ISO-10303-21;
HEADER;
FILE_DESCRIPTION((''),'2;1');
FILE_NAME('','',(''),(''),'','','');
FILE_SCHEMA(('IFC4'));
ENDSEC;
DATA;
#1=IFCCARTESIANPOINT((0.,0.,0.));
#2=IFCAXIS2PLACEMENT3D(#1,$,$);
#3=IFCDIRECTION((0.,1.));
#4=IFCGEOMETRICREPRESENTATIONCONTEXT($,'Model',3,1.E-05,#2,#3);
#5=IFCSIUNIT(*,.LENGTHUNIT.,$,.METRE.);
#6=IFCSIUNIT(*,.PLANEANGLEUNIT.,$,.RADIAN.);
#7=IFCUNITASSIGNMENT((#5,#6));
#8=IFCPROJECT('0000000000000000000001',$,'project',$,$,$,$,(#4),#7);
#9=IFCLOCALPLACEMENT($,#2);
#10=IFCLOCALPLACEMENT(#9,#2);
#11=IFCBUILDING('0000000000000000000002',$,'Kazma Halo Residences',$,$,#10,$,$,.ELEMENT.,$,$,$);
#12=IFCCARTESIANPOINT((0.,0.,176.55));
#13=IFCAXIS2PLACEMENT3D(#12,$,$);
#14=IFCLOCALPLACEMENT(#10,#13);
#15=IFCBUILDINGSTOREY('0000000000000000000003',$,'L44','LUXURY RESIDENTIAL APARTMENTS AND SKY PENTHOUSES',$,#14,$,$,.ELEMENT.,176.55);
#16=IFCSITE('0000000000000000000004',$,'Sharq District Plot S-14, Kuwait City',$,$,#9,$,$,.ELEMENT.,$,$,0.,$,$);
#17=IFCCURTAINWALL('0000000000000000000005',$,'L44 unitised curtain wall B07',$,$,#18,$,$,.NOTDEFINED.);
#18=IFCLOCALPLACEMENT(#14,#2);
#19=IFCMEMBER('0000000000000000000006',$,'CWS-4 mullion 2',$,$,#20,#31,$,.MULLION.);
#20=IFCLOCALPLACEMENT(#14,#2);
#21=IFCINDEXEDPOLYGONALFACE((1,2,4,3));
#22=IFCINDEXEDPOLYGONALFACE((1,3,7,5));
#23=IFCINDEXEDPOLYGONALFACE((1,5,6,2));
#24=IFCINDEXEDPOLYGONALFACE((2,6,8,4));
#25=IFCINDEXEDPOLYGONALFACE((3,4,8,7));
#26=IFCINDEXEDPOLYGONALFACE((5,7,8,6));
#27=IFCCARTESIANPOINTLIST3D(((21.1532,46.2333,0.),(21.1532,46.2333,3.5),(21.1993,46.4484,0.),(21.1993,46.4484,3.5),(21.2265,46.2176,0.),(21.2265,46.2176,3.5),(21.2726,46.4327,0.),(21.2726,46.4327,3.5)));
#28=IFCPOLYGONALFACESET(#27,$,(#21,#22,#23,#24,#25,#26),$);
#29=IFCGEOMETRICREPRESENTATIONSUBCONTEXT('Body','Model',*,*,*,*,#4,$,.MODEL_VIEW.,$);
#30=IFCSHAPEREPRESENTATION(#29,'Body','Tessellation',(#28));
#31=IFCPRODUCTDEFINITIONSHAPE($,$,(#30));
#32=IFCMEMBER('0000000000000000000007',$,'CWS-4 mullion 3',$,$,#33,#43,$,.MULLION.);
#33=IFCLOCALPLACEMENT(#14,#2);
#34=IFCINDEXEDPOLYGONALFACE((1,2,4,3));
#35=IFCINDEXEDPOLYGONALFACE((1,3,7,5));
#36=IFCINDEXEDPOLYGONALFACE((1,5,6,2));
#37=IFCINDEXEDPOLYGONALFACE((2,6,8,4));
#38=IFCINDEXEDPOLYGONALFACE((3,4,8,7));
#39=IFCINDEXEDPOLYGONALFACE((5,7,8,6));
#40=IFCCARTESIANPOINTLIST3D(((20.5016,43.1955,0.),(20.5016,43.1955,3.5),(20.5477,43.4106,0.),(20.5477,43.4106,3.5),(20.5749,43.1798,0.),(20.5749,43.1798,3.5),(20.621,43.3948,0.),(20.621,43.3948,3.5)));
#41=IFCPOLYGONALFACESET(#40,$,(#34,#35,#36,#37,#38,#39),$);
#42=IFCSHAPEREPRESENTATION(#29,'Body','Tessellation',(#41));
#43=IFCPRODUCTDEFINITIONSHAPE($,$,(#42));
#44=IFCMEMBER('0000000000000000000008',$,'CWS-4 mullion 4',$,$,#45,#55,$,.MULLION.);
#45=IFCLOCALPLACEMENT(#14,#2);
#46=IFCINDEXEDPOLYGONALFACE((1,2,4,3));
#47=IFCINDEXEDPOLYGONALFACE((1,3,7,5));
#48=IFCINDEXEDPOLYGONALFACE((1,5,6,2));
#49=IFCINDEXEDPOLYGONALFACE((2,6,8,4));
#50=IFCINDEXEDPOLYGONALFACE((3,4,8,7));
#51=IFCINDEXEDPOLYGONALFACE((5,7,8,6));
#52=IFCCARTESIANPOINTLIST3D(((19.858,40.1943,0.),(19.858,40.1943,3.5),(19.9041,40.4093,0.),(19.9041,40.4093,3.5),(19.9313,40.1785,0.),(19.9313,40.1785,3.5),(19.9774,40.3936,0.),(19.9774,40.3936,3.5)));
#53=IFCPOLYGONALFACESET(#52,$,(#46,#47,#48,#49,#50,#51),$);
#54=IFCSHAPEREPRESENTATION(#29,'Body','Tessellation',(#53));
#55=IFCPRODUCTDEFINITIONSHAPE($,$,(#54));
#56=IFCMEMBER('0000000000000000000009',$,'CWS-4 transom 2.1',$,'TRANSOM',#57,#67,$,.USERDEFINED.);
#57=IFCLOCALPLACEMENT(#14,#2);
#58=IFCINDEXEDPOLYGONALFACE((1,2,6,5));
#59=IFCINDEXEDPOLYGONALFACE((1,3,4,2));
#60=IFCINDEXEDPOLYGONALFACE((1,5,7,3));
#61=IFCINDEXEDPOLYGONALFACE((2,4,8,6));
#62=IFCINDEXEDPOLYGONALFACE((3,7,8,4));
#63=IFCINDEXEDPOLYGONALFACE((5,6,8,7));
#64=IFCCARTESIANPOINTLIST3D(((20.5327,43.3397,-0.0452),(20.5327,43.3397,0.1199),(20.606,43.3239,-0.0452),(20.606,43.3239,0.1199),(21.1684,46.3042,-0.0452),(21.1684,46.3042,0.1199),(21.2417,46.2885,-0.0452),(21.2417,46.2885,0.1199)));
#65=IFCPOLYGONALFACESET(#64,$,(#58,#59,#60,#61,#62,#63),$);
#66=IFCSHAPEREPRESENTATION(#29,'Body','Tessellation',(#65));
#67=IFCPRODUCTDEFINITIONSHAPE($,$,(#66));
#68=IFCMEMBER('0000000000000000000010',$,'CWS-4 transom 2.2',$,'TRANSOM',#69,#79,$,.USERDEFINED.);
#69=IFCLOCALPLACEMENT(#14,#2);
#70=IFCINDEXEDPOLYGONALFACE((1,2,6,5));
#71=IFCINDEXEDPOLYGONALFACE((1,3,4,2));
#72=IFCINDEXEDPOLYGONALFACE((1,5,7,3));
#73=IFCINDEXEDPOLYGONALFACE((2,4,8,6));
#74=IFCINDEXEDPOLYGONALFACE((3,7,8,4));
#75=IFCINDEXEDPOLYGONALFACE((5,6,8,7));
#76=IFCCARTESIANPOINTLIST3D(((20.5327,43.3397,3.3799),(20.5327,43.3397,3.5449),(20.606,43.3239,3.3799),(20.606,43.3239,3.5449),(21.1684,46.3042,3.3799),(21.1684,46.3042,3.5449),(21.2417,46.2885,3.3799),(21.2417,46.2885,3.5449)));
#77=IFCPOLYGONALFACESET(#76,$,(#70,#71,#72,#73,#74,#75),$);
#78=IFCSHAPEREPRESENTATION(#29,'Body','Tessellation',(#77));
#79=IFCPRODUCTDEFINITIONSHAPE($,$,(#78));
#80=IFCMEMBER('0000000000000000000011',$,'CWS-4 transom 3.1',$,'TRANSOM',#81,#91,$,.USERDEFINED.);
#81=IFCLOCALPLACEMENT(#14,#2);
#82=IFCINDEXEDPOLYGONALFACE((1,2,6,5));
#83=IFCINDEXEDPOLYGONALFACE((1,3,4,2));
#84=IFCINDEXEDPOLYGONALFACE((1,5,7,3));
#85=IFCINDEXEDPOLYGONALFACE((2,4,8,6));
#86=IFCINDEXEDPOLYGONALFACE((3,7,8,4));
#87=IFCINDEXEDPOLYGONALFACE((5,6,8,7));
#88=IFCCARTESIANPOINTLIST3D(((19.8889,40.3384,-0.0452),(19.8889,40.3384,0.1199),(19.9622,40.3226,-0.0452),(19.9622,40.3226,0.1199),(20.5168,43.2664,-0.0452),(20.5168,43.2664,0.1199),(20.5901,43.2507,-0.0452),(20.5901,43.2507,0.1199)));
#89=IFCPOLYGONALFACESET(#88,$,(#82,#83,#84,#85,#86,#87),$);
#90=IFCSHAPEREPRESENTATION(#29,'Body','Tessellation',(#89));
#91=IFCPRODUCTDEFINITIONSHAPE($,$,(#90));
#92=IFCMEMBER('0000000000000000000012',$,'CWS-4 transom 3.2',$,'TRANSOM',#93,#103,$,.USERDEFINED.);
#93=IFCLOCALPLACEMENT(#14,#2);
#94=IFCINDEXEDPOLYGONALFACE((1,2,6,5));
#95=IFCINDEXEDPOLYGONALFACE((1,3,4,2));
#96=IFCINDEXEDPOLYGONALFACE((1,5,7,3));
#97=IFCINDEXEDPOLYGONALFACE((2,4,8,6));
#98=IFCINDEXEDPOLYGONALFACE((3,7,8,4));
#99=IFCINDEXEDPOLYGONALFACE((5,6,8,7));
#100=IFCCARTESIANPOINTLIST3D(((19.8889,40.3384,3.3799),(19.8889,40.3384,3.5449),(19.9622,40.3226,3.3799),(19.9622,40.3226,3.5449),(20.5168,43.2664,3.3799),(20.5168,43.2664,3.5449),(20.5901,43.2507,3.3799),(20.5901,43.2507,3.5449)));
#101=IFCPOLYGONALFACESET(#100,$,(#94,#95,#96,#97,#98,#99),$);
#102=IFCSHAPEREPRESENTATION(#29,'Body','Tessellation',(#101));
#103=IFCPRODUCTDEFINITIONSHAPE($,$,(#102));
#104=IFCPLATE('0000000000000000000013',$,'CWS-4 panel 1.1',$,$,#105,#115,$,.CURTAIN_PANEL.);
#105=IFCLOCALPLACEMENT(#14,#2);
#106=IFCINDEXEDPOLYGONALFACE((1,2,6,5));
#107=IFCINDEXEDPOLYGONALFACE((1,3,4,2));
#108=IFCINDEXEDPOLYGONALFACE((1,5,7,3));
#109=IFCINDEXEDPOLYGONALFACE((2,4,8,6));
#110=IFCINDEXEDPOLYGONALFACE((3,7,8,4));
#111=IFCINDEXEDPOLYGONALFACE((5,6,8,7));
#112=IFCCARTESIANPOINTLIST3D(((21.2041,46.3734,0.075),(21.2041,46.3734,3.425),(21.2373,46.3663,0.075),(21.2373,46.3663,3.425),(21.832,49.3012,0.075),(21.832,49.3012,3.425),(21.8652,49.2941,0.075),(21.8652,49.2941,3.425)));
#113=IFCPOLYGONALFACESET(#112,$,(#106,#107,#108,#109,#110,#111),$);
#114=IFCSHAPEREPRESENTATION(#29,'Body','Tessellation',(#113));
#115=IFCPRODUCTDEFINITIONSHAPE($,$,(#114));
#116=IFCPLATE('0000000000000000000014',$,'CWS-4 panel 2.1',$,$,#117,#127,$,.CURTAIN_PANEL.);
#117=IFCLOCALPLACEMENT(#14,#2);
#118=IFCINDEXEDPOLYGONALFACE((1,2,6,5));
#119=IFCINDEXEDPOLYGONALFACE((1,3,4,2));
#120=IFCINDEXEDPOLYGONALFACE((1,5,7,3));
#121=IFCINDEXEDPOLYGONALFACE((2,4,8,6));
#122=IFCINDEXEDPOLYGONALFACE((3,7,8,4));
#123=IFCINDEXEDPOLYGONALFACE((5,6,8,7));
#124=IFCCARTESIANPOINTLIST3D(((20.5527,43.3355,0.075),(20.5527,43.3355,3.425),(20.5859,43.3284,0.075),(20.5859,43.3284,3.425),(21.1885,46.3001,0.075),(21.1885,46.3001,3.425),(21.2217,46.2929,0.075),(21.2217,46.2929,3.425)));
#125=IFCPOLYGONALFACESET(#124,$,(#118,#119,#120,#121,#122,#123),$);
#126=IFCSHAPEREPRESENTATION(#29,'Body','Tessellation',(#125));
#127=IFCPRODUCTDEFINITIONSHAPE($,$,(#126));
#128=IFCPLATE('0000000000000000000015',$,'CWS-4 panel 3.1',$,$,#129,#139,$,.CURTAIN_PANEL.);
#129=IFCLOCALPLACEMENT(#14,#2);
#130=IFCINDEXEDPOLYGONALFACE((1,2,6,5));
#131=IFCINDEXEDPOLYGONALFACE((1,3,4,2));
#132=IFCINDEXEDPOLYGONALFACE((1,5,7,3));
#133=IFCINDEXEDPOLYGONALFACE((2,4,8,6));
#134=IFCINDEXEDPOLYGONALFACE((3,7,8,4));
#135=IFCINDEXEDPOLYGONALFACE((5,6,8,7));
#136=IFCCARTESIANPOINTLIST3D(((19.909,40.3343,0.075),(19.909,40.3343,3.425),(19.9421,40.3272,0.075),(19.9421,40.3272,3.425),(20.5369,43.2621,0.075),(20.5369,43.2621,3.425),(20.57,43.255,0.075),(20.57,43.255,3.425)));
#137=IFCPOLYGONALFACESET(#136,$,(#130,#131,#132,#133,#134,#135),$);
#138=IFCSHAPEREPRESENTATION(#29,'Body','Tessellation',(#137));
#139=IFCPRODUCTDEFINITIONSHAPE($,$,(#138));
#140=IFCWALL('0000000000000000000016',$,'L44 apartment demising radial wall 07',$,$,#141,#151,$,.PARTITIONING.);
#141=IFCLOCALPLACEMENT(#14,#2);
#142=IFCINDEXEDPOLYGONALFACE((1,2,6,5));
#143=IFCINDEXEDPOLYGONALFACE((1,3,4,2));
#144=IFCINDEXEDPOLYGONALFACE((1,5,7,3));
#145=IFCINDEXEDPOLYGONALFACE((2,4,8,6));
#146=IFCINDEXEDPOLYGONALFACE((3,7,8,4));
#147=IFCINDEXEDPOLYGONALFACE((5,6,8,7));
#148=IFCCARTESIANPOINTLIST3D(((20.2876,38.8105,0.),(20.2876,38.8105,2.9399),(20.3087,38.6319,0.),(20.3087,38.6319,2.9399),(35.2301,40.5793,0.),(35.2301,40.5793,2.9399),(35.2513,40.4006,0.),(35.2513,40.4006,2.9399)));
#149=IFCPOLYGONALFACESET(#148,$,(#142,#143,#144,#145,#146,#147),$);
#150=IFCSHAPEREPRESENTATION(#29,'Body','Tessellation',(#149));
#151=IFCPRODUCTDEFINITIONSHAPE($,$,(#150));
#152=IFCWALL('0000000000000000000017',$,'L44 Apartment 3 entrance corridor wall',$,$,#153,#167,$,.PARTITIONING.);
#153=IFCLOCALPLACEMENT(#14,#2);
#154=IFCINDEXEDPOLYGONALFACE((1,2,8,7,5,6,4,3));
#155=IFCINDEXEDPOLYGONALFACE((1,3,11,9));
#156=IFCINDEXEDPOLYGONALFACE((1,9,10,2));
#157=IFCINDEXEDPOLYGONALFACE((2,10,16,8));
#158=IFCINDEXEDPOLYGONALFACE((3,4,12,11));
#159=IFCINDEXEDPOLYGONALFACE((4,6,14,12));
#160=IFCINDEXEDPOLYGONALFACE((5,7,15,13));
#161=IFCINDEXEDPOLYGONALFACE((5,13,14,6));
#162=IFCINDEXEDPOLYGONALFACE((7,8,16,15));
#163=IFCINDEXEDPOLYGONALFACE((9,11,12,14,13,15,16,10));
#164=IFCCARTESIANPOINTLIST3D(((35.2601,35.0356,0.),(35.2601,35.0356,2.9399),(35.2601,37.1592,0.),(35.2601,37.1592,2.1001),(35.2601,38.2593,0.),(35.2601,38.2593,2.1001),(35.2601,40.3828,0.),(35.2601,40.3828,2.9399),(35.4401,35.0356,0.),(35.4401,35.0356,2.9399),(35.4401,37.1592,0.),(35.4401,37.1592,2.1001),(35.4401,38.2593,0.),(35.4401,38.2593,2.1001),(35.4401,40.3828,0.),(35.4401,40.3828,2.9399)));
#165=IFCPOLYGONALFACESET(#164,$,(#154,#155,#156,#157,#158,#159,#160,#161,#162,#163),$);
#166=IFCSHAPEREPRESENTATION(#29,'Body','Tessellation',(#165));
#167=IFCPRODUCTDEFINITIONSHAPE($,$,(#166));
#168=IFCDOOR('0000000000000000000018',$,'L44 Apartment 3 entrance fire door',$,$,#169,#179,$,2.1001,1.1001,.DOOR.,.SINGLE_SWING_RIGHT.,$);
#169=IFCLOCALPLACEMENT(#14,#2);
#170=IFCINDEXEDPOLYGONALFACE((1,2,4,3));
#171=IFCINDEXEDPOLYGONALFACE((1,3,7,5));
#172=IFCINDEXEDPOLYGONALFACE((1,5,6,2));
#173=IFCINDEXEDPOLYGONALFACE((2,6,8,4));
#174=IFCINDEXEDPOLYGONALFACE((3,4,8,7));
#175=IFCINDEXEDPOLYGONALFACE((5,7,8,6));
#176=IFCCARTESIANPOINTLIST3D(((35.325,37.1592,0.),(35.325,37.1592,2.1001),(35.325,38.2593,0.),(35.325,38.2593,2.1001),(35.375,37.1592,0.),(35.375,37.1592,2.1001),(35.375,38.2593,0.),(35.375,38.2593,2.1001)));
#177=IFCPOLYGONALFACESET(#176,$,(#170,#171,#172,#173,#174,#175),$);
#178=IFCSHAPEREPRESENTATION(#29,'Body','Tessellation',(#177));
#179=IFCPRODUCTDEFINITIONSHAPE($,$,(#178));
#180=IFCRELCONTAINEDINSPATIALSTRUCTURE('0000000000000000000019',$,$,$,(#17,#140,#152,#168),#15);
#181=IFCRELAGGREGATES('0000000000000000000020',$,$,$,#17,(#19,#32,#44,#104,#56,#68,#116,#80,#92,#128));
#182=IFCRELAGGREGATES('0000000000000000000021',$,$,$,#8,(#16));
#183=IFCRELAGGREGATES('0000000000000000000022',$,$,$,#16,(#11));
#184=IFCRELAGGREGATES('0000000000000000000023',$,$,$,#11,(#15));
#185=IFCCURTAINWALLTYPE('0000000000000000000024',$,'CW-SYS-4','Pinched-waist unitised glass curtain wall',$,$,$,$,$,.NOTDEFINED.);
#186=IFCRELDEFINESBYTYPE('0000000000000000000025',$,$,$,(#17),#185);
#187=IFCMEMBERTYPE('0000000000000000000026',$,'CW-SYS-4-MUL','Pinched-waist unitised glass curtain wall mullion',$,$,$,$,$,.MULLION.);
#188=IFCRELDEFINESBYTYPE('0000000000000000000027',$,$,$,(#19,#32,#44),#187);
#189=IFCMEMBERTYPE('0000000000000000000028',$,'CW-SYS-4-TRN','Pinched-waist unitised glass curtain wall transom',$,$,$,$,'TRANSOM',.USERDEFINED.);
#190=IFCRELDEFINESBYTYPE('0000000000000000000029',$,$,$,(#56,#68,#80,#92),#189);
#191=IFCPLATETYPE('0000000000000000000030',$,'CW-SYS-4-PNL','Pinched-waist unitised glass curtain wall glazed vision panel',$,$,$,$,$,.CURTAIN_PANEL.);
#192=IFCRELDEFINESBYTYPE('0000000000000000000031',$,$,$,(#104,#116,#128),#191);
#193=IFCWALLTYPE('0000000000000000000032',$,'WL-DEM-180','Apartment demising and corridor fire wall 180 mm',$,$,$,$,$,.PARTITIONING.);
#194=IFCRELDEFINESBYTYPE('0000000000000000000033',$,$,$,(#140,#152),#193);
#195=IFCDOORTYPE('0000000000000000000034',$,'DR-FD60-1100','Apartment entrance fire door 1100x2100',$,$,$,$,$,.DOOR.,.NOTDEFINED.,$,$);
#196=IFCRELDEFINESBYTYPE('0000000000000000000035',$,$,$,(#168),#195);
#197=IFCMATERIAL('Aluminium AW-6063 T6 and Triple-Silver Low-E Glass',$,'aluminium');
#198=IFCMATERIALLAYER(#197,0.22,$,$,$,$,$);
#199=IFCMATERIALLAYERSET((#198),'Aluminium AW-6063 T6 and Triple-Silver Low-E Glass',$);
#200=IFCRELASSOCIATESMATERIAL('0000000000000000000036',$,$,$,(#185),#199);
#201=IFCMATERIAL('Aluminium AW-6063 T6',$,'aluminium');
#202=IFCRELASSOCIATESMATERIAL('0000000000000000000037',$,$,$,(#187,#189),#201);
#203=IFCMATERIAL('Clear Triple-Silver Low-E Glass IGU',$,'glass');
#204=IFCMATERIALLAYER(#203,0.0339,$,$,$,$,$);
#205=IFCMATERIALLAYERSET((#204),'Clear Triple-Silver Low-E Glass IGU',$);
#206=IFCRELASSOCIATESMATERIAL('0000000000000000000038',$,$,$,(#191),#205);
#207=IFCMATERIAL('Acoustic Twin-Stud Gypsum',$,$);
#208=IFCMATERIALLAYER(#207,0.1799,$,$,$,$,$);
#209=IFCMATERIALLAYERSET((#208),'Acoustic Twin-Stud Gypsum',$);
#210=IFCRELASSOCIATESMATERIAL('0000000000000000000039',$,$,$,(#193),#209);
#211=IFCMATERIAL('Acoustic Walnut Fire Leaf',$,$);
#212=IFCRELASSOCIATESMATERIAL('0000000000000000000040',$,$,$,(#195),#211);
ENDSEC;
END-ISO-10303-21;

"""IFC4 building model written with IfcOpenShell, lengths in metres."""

from ifc_helpers import new_model, si_unit, direction, frame, frame_2d, origin, origin_2d, place, context, subcontext, project, spatial, rectangle, extrude, material, layer, layer_set, material_profile, profile_set, type_object, element, fill, aggregate, save


model = new_model("IFC4")

# Units and contexts
model_context = context("Model", 3, precision=1e-05, world=origin(), true_north=direction((0.0, 1.0)))
body_context = subcontext(model_context, "Body", "Model", "MODEL_VIEW")
ifc_project = project(units=[si_unit("LENGTHUNIT", "METRE"), si_unit("PLANEANGLEUNIT", "RADIAN")], contexts=[model_context])

# Site, building, storey
site_placement = place(None, origin())
site = spatial("IfcSite", under=ifc_project, at=site_placement, Name="Sharq District Plot S-14, Kuwait City", CompositionType="ELEMENT", RefElevation=0.0)
building_placement = place(site_placement, origin())
building = spatial("IfcBuilding", under=site, at=building_placement, Name="Kazma Halo Residences", CompositionType="ELEMENT")
storey_placement = place(building_placement, frame((0.0, 0.0, 176.55)))
storey = spatial("IfcBuildingStorey", under=building, at=storey_placement, Name="L44", Description="LUXURY RESIDENTIAL APARTMENTS AND SKY PENTHOUSES", CompositionType="ELEMENT", Elevation=176.55)

# Curtain wall, members, plates
ifc_material_1 = material(Name="Aluminium AW-6063 T6 and Triple-Silver Low-E Glass", Category="aluminium")
ifc_layer_1 = layer(ifc_material_1, 0.22)
ifc_layer_set_1 = layer_set([ifc_layer_1], Name="Aluminium AW-6063 T6 and Triple-Silver Low-E Glass")
curtain_wall_type = type_object("IfcCurtainWallType", Name="CW-SYS-4", Description="Pinched-waist unitised glass curtain wall", PredefinedType="NOTDEFINED", material=ifc_layer_set_1)
curtain_wall_placement = place(storey_placement, origin())
curtain_wall = element("IfcCurtainWall", 1, at=curtain_wall_placement, inside=storey, type_object=curtain_wall_type, Name="L44 unitised curtain wall B07", PredefinedType="NOTDEFINED")
ifc_material_2 = material(Name="Aluminium AW-6063 T6", Category="aluminium")
ifc_material_profile_1 = material_profile(ifc_material_2, rectangle(XDim=0.075, YDim=0.22, at=origin_2d()), Name="CWM-75x220")
ifc_profile_set_1 = profile_set([ifc_material_profile_1], Name="Aluminium AW-6063 T6")
member_type_1 = type_object("IfcMemberType", Name="CW-SYS-4-MUL", Description="Pinched-waist unitised glass curtain wall mullion", PredefinedType="MULLION", material=ifc_profile_set_1)
member_1_placement = place(storey_placement, frame((21.2129, 46.333, 0.0), z_axis=(0.0, 0.0, 1.0), x_axis=(0.977768, -0.20969, 0.0)))
member_1 = element("IfcMember", 2, at=member_1_placement, type_object=member_type_1, Name="CWS-4 mullion 2", PredefinedType="MULLION", context=body_context, shape_type="SweptSolid", body=[
    extrude(rectangle(XDim=0.075, YDim=0.22, at=origin_2d()), origin(), (0.0, 0.0, 1.0), 3.5),
])
member_2_placement = place(storey_placement, frame((20.5613, 43.2952, 0.0), z_axis=(0.0, 0.0, 1.0), x_axis=(0.977768, -0.20969, 0.0)))
member_2 = element("IfcMember", 3, at=member_2_placement, type_object=member_type_1, Name="CWS-4 mullion 3", PredefinedType="MULLION", context=body_context, shape_type="SweptSolid", body=[
    extrude(rectangle(XDim=0.075, YDim=0.22, at=origin_2d()), origin(), (0.0, 0.0, 1.0), 3.5),
])
member_3_placement = place(storey_placement, frame((19.9177, 40.2939, 0.0), z_axis=(0.0, 0.0, 1.0), x_axis=(0.977768, -0.20969, 0.0)))
member_3 = element("IfcMember", 4, at=member_3_placement, type_object=member_type_1, Name="CWS-4 mullion 4", PredefinedType="MULLION", context=body_context, shape_type="SweptSolid", body=[
    extrude(rectangle(XDim=0.075, YDim=0.22, at=origin_2d()), origin(), (0.0, 0.0, 1.0), 3.5),
])
ifc_material_profile_2 = material_profile(ifc_material_2, rectangle(XDim=0.075, YDim=0.165, at=origin_2d()), Name="CWT-75x165")
ifc_profile_set_2 = profile_set([ifc_material_profile_2], Name="Aluminium AW-6063 T6")
member_type_2 = type_object("IfcMemberType", Name="CW-SYS-4-TRN", Description="Pinched-waist unitised glass curtain wall transom", ElementType="TRANSOM", PredefinedType="USERDEFINED", material=ifc_profile_set_2)
member_4_placement = place(storey_placement, frame((21.2051, 46.2964, 0.0374), z_axis=(-0.209678, -0.977771, 0.0), x_axis=(0.977771, -0.209678, 0.0)))
member_4 = element("IfcMember", 5, at=member_4_placement, type_object=member_type_2, Name="CWS-4 transom 2.1", ObjectType="TRANSOM", PredefinedType="USERDEFINED", context=body_context, shape_type="SweptSolid", body=[
    extrude(rectangle(XDim=0.075, YDim=0.165, at=origin_2d()), origin(), (0.0, 0.0, 1.0), 3.032),
])
member_5_placement = place(storey_placement, frame((21.2051, 46.2964, 3.4624), z_axis=(-0.209678, -0.977771, 0.0), x_axis=(0.977771, -0.209678, 0.0)))
member_5 = element("IfcMember", 6, at=member_5_placement, type_object=member_type_2, Name="CWS-4 transom 2.2", ObjectType="TRANSOM", PredefinedType="USERDEFINED", context=body_context, shape_type="SweptSolid", body=[
    extrude(rectangle(XDim=0.075, YDim=0.165, at=origin_2d()), origin(), (0.0, 0.0, 1.0), 3.032),
])
member_6_placement = place(storey_placement, frame((20.5535, 43.2585, 0.0374), z_axis=(-0.209691, -0.977768, 0.0), x_axis=(0.977768, -0.209691, 0.0)))
member_6 = element("IfcMember", 7, at=member_6_placement, type_object=member_type_2, Name="CWS-4 transom 3.1", ObjectType="TRANSOM", PredefinedType="USERDEFINED", context=body_context, shape_type="SweptSolid", body=[
    extrude(rectangle(XDim=0.075, YDim=0.165, at=origin_2d()), origin(), (0.0, 0.0, 1.0), 2.9946),
])
member_7_placement = place(storey_placement, frame((20.5535, 43.2585, 3.4624), z_axis=(-0.209691, -0.977768, 0.0), x_axis=(0.977768, -0.209691, 0.0)))
member_7 = element("IfcMember", 8, at=member_7_placement, type_object=member_type_2, Name="CWS-4 transom 3.2", ObjectType="TRANSOM", PredefinedType="USERDEFINED", context=body_context, shape_type="SweptSolid", body=[
    extrude(rectangle(XDim=0.075, YDim=0.165, at=origin_2d()), origin(), (0.0, 0.0, 1.0), 2.9946),
])
ifc_material_3 = material(Name="Clear Triple-Silver Low-E Glass IGU", Category="glass")
ifc_layer_2 = layer(ifc_material_3, 0.0339)
ifc_layer_set_2 = layer_set([ifc_layer_2], Name="Clear Triple-Silver Low-E Glass IGU")
plate_type = type_object("IfcPlateType", Name="CW-SYS-4-PNL", Description="Pinched-waist unitised glass curtain wall glazed vision panel", PredefinedType="CURTAIN_PANEL", material=ifc_layer_set_2)
plate_1_placement = place(storey_placement, frame((21.5347, 47.8337, 0.075), z_axis=(0.0, 0.0, 1.0), x_axis=(-0.20969, -0.977768, 0.0)))
plate_1 = element("IfcPlate", 9, at=plate_1_placement, type_object=plate_type, Name="CWS-4 panel 1.1", PredefinedType="CURTAIN_PANEL", context=body_context, shape_type="SweptSolid", body=[
    extrude(rectangle(XDim=2.9944, YDim=0.0339, at=origin_2d()), origin(), (0.0, 0.0, 1.0), 3.3501),
])
plate_2_placement = place(storey_placement, frame((20.8872, 44.8142, 0.075), z_axis=(0.0, 0.0, 1.0), x_axis=(-0.20969, -0.977768, 0.0)))
plate_2 = element("IfcPlate", 10, at=plate_2_placement, type_object=plate_type, Name="CWS-4 panel 2.1", PredefinedType="CURTAIN_PANEL", context=body_context, shape_type="SweptSolid", body=[
    extrude(rectangle(XDim=3.032, YDim=0.0339, at=origin_2d()), origin(), (0.0, 0.0, 1.0), 3.3501),
])
plate_3_placement = place(storey_placement, frame((20.2395, 41.7947, 0.075), z_axis=(0.0, 0.0, 1.0), x_axis=(-0.20969, -0.977768, 0.0)))
plate_3 = element("IfcPlate", 11, at=plate_3_placement, type_object=plate_type, Name="CWS-4 panel 3.1", PredefinedType="CURTAIN_PANEL", context=body_context, shape_type="SweptSolid", body=[
    extrude(rectangle(XDim=2.9944, YDim=0.0339, at=origin_2d()), origin(), (0.0, 0.0, 1.0), 3.3501),
])
aggregate(curtain_wall, [member_1, member_2, member_3, plate_1, member_4, member_5, plate_2, member_6, member_7, plate_3])

# Wall
ifc_material_4 = material(Name="Acoustic Twin-Stud Gypsum")
ifc_layer_3 = layer(ifc_material_4, 0.1799)
ifc_layer_set_3 = layer_set([ifc_layer_3], Name="Acoustic Twin-Stud Gypsum")
wall_type_1 = type_object("IfcWallType", Name="WL-DEM-180", Description="Apartment demising and corridor fire wall 180 mm", PredefinedType="PARTITIONING", material=ifc_layer_set_3)
wall_1_placement = place(storey_placement, frame((35.2407, 40.49, 0.0), z_axis=(0.0, 0.0, 1.0), x_axis=(-0.993067, -0.117552, 0.0)))
element("IfcWall", 12, at=wall_1_placement, inside=storey, type_object=wall_type_1, Name="L44 apartment demising radial wall 07", PredefinedType="PARTITIONING", context=body_context, shape_type="SweptSolid", body=[
    extrude(rectangle(XDim=15.0469, YDim=0.1799, at=frame_2d((7.5234, 0.0))), origin(), (0.0, 0.0, 1.0), 2.9399),
])

# Wall, opening, door
wall_2_placement = place(storey_placement, frame((35.3501, 40.3828, 0.0), z_axis=(0.0, 0.0, 1.0), x_axis=(0.0, -1.0, 0.0)))
wall_2 = element("IfcWall", 13, at=wall_2_placement, inside=storey, type_object=wall_type_1, Name="L44 Apartment 3 entrance corridor wall", PredefinedType="PARTITIONING", context=body_context, shape_type="SweptSolid", body=[
    extrude(rectangle(XDim=5.3472, YDim=0.1799, at=frame_2d((2.6736, 0.0))), origin(), (0.0, 0.0, 1.0), 2.9399),
])
opening_1_placement = place(wall_2_placement, frame((2.1235, 0.0, 0.0)))
opening_1 = element("IfcOpeningElement", 14, at=opening_1_placement, cuts=wall_2, PredefinedType="OPENING", context=body_context, shape_type="SweptSolid", body=[
    extrude(rectangle(XDim=1.1001, YDim=2.1001, at=frame_2d((0.55, 1.05))), frame((0.0, 0.0999, 0.0), z_axis=(0.0, -1.0, 0.0), x_axis=(1.0, 0.0, 0.0)), (0.0, 0.0, 1.0), 0.2),
])
ifc_material_5 = material(Name="Acoustic Walnut Fire Leaf")
door_type_1 = type_object("IfcDoorType", Name="DR-FD60-1100", Description="Apartment entrance fire door 1100x2100", OperationType="NOTDEFINED", PredefinedType="DOOR", material=ifc_material_5)
door_1_placement = place(opening_1_placement, origin())
door_1 = element("IfcDoor", 15, at=door_1_placement, inside=storey, type_object=door_type_1, Name="L44 Apartment 3 entrance fire door", OperationType="SINGLE_SWING_RIGHT", OverallHeight=2.1001, OverallWidth=1.1001, PredefinedType="DOOR", context=body_context, shape_type="SweptSolid", body=[
    extrude(rectangle(XDim=1.1001, YDim=2.1001, at=frame_2d((0.55, 1.05))), frame((0.0, 0.0249, 0.0), z_axis=(0.0, -1.0, 0.0), x_axis=(1.0, 0.0, 0.0)), (0.0, 0.0, 1.0), 0.05),
])
fill(opening_1, door_1)

save(model, "model.ifc")
